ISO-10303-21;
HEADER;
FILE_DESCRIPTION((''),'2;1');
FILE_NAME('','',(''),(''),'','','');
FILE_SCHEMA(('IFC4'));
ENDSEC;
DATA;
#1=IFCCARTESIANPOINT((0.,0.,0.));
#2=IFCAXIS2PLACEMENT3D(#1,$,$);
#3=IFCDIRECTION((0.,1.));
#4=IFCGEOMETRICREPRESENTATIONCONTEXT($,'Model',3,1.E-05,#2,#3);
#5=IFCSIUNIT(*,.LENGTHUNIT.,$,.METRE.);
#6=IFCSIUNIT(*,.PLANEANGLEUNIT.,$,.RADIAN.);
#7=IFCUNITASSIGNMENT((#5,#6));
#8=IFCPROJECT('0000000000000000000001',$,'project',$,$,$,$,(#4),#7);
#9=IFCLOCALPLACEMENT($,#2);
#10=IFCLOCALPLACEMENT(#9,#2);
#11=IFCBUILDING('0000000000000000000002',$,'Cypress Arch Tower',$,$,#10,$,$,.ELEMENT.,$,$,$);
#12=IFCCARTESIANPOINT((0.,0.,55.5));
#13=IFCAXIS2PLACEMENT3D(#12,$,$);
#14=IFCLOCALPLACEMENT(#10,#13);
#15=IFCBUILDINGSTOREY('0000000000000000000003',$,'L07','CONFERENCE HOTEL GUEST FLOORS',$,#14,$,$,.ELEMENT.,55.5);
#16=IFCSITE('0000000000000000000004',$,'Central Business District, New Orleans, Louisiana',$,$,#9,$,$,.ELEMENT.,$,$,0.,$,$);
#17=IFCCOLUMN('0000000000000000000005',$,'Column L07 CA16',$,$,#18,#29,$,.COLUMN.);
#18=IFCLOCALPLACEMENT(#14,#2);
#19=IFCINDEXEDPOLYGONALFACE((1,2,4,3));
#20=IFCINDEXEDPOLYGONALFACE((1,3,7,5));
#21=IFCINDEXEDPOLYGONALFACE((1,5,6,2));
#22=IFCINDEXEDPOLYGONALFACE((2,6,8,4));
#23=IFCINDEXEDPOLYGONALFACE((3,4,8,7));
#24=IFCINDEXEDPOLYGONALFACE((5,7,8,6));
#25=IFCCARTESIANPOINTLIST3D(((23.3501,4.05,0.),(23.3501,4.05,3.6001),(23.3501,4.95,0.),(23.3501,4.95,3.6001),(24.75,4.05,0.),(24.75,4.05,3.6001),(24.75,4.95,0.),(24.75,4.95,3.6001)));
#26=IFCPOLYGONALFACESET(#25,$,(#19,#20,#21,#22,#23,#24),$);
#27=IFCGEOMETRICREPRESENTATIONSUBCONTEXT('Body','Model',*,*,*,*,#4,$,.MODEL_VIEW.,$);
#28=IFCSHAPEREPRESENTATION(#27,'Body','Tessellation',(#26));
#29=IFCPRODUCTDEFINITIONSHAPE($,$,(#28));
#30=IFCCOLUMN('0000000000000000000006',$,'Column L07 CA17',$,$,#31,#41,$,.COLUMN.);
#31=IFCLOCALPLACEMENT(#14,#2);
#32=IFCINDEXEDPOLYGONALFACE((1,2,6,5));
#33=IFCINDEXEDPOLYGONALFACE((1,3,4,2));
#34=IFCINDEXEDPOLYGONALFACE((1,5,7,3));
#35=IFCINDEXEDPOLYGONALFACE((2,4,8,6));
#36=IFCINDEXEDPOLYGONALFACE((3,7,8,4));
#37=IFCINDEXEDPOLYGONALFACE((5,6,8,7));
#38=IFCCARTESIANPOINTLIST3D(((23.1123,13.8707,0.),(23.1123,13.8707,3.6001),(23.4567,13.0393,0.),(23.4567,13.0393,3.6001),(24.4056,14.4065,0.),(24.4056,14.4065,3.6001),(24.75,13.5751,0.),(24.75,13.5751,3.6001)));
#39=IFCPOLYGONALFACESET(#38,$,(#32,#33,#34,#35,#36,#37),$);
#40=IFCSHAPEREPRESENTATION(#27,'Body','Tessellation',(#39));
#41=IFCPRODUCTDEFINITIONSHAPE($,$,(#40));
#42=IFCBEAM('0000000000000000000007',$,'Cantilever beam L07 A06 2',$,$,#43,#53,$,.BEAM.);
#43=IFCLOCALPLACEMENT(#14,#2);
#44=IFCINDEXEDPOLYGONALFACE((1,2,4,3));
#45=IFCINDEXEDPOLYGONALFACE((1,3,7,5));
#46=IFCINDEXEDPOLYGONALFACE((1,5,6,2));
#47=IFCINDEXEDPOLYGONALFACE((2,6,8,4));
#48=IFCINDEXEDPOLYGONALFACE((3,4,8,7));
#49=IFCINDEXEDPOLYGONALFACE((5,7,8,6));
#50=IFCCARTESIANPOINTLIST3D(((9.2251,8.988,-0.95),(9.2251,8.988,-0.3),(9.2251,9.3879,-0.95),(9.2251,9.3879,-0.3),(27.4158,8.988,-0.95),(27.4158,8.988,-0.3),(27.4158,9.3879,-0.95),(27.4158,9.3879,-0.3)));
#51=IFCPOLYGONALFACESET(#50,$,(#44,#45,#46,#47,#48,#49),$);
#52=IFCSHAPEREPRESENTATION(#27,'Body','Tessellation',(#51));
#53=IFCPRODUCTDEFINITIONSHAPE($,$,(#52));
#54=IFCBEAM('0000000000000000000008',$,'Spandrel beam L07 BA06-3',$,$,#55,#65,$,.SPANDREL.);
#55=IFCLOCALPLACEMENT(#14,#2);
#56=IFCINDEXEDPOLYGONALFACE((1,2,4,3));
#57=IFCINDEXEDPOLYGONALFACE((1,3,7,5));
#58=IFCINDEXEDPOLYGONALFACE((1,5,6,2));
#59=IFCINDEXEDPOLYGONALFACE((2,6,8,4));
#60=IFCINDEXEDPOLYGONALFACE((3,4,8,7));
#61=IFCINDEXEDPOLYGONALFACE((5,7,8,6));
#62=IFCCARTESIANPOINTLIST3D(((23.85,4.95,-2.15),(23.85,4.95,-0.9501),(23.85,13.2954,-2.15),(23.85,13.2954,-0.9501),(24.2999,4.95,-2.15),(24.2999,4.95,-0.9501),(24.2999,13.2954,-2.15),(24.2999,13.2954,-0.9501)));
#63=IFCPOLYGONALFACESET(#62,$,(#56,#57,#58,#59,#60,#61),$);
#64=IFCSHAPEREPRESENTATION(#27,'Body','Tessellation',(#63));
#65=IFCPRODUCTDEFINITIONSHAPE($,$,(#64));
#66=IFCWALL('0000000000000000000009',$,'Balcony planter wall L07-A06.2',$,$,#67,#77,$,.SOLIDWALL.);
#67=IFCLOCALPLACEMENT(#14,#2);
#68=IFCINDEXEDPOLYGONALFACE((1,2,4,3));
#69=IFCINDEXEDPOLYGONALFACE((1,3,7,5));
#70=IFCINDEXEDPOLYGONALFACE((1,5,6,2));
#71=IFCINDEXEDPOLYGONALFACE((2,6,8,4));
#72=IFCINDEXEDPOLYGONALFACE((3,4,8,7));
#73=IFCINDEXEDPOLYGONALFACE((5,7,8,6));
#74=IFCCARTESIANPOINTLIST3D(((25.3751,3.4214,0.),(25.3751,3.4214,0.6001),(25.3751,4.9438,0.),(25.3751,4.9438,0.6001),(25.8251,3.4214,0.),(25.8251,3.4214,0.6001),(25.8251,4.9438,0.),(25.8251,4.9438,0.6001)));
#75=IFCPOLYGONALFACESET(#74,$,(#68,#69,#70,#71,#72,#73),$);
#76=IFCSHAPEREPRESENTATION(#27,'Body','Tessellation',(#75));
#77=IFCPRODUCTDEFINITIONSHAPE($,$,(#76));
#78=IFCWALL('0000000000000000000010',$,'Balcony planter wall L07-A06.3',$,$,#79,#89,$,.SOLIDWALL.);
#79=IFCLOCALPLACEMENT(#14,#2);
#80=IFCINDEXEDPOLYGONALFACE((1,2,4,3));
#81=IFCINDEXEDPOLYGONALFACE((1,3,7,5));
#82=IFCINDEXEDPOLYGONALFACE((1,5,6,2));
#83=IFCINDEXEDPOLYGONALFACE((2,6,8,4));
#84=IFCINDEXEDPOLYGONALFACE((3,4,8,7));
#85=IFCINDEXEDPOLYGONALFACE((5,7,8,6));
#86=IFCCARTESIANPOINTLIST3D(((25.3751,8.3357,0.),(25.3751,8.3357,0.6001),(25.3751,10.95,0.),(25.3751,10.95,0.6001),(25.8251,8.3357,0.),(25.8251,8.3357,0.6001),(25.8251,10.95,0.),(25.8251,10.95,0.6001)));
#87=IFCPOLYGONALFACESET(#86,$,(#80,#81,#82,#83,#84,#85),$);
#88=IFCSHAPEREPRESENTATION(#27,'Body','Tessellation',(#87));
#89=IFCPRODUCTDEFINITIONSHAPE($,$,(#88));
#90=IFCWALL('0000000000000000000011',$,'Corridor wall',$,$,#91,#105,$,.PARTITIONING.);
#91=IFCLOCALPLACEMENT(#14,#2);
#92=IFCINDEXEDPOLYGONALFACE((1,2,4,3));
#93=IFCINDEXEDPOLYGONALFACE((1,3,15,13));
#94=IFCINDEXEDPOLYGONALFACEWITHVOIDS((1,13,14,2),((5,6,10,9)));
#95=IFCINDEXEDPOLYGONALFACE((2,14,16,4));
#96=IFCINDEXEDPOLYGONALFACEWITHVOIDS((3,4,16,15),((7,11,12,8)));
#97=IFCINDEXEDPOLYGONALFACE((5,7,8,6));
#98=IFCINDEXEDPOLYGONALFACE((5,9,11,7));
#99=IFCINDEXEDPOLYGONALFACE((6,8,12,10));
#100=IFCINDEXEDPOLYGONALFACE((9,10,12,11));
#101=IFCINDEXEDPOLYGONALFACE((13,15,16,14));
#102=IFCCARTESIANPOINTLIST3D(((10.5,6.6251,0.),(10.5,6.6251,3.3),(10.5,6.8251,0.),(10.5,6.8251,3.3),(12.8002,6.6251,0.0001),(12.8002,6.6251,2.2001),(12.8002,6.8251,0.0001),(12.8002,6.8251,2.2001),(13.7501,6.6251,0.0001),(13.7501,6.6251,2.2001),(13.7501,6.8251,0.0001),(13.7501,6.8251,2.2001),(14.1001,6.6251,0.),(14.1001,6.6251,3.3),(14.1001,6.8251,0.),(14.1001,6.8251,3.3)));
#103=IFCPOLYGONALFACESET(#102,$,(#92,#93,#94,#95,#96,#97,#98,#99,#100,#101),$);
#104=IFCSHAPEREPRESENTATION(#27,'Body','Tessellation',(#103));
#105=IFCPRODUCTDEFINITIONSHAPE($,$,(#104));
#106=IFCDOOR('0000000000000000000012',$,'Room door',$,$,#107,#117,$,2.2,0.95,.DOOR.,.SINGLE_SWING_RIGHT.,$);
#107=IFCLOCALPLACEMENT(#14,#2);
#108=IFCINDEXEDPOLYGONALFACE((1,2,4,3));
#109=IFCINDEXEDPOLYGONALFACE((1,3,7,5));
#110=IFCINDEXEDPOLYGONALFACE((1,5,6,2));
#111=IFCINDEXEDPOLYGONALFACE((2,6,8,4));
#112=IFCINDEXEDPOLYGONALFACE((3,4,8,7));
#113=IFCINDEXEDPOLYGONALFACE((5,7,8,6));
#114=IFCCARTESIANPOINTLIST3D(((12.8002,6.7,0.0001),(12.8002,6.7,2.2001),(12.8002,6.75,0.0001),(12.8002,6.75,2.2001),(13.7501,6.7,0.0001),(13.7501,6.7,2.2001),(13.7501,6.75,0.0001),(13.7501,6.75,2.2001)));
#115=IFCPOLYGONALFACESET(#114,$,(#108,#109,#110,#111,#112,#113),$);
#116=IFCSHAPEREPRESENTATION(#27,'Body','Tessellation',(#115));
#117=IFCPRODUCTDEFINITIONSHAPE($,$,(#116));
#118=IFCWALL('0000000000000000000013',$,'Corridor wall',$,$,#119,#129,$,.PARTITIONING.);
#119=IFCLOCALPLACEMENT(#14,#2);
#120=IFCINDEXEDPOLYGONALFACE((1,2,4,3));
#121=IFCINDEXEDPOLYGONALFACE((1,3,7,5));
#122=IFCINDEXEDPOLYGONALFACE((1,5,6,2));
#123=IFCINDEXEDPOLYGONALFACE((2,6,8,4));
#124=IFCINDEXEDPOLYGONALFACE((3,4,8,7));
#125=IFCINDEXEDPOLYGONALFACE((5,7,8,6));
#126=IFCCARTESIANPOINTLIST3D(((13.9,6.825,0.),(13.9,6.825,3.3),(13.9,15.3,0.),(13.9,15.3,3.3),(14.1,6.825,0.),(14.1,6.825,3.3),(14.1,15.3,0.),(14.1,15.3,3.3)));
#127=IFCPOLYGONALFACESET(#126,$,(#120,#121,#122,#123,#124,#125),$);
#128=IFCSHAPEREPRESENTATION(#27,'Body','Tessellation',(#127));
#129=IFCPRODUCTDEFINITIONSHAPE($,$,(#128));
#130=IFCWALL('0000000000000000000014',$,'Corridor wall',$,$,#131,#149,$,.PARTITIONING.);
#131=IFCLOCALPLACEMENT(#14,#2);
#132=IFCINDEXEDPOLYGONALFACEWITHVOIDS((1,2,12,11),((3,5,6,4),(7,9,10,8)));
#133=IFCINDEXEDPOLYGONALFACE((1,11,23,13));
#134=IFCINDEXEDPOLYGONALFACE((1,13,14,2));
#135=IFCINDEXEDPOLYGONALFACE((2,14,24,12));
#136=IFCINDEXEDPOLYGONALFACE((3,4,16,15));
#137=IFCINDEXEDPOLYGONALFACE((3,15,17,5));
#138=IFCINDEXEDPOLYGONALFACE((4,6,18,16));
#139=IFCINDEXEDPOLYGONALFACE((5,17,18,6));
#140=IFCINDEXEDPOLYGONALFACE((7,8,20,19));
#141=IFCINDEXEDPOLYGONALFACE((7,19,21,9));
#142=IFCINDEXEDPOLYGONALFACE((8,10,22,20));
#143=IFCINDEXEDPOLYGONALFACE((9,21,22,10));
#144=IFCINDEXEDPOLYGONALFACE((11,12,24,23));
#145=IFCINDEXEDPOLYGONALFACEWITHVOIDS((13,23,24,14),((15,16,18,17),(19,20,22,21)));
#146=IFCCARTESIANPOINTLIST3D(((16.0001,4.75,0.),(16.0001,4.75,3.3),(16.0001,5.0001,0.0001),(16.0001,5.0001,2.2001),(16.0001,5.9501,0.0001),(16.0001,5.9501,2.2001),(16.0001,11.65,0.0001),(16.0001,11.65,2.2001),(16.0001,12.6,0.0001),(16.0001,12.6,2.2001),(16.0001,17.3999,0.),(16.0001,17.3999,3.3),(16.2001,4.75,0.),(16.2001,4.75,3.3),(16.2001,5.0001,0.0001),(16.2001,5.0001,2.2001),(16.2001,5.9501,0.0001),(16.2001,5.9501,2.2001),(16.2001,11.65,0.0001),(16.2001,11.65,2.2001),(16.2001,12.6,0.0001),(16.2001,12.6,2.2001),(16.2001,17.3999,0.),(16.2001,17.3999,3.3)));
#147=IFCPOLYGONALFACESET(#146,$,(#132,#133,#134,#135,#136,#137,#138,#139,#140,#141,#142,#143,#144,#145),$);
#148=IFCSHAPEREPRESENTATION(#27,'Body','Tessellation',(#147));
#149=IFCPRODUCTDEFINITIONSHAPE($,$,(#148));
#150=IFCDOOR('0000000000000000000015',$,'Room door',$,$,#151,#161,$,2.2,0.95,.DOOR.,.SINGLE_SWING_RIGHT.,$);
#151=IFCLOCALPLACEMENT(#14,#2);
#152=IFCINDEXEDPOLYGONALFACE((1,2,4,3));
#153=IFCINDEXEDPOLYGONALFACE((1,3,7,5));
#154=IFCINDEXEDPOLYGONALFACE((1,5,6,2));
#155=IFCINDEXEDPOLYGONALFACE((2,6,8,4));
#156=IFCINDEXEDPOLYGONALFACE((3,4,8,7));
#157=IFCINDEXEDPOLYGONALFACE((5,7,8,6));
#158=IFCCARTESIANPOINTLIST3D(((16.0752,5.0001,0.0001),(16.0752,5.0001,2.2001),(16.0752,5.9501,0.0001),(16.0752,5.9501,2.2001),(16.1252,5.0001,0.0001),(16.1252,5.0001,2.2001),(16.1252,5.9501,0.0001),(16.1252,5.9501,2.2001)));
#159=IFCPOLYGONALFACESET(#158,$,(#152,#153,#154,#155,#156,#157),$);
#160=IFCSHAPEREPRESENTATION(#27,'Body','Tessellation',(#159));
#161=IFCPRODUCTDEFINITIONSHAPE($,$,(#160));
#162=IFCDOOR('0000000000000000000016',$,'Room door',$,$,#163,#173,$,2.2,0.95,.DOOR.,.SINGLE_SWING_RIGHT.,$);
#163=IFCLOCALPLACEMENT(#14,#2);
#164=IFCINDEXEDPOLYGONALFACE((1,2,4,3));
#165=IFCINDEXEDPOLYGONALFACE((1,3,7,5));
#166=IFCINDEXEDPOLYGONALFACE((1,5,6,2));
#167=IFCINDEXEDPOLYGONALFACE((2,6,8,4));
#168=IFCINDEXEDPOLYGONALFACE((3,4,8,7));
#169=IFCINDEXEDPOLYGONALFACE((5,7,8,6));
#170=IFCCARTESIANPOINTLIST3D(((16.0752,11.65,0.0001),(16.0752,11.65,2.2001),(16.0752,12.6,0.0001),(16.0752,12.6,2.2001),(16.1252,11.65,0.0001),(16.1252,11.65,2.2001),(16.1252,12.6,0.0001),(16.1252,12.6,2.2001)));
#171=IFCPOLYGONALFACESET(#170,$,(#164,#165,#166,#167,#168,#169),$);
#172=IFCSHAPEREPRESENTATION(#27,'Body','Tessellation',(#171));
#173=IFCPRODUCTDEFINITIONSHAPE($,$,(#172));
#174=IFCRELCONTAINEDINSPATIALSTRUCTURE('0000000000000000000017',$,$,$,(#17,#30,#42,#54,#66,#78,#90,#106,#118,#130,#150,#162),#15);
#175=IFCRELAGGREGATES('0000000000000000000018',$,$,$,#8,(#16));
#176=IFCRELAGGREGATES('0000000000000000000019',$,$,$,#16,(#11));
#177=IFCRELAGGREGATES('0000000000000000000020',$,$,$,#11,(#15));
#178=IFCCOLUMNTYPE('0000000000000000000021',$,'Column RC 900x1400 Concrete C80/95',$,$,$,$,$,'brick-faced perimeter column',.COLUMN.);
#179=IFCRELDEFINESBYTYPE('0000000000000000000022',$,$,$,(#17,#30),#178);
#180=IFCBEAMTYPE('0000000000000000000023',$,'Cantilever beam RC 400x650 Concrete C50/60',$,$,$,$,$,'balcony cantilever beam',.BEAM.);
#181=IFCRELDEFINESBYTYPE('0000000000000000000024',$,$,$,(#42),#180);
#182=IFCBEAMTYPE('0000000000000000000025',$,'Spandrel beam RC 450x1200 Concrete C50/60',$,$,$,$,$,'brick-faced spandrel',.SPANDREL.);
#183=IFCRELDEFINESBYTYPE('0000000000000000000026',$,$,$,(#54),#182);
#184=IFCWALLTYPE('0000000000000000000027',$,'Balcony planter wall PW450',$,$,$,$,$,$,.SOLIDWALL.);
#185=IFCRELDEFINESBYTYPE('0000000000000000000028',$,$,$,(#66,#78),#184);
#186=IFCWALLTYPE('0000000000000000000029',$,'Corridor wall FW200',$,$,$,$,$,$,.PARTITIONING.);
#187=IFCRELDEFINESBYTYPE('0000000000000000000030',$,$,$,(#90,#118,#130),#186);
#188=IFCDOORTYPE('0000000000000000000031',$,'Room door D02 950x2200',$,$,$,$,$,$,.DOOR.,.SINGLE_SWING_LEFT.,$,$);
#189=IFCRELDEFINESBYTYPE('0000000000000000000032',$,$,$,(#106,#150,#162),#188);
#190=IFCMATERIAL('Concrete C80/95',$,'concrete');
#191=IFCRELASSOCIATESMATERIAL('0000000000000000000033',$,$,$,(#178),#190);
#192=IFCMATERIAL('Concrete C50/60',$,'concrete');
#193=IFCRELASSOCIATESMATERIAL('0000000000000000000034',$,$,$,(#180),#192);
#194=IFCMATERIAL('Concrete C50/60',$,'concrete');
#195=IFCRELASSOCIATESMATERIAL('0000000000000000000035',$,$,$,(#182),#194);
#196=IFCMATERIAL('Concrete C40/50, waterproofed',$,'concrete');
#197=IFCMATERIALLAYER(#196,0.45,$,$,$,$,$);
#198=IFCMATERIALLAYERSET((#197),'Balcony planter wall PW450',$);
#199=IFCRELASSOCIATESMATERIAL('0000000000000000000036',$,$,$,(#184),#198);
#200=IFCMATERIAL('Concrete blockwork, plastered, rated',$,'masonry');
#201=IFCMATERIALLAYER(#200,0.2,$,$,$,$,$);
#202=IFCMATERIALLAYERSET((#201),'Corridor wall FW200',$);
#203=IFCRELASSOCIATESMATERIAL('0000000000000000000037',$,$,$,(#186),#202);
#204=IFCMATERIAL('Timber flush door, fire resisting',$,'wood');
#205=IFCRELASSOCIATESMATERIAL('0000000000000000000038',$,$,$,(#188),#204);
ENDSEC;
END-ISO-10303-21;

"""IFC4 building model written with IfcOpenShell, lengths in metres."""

from ifc_helpers import new_model, si_unit, direction, frame, frame_2d, origin, origin_2d, place, context, subcontext, project, spatial, rectangle, extrude, material, layer, layer_set, material_profile, profile_set, type_object, element, fill, save


model = new_model("IFC4")

# Units and contexts
model_context = context("Model", 3, precision=1e-05, world=origin(), true_north=direction((0.0, 1.0)))
body_context = subcontext(model_context, "Body", "Model", "MODEL_VIEW")
ifc_project = project(units=[si_unit("LENGTHUNIT", "METRE"), si_unit("PLANEANGLEUNIT", "RADIAN")], contexts=[model_context])

# Site, building, storey
site_placement = place(None, origin())
site = spatial("IfcSite", under=ifc_project, at=site_placement, Name="Central Business District, New Orleans, Louisiana", CompositionType="ELEMENT", RefElevation=0.0)
building_placement = place(site_placement, origin())
building = spatial("IfcBuilding", under=site, at=building_placement, Name="Cypress Arch Tower", CompositionType="ELEMENT")
storey_placement = place(building_placement, frame((0.0, 0.0, 55.5)))
storey = spatial("IfcBuildingStorey", under=building, at=storey_placement, Name="L07", Description="CONFERENCE HOTEL GUEST FLOORS", CompositionType="ELEMENT", Elevation=55.5)

# Columns
ifc_material_1 = material(Name="Concrete C80/95", Category="concrete")
ifc_material_profile_1 = material_profile(ifc_material_1, rectangle(XDim=0.8999, YDim=1.3999, at=origin_2d()), Name="RC 900x1400")
ifc_profile_set_1 = profile_set([ifc_material_profile_1], Name="Concrete C80/95")
column_type = type_object("IfcColumnType", Name="Column RC 900x1400 Concrete C80/95", ElementType="brick-faced perimeter column", PredefinedType="COLUMN", material=ifc_profile_set_1)
for number, where, z_axis, x_axis, name in (
    (1, (24.05, 4.5, 0.0), (0.0, 0.0, 1.0), (0.0, 1.0, 0.0), "Column L07 CA16"),
    (2, (23.9312, 13.7229, 0.0), (0.0, 0.0, 1.0), (-0.382683, 0.92388, 0.0), "Column L07 CA17"),
):
    element("IfcColumn", number, at=place(storey_placement, frame(where, z_axis=z_axis, x_axis=x_axis)), inside=storey, type_object=column_type, Name=name, PredefinedType="COLUMN", context=body_context, shape_type="SweptSolid", body=[
        extrude(rectangle(XDim=0.8999, YDim=1.3999, at=origin_2d()), origin(), (0.0, 0.0, 1.0), 3.6001),
    ])

# Beams
ifc_material_2 = material(Name="Concrete C50/60", Category="concrete")
ifc_material_profile_2 = material_profile(ifc_material_2, rectangle(XDim=0.3999, YDim=0.6499, at=origin_2d()), Name="RC 400x650")
ifc_profile_set_2 = profile_set([ifc_material_profile_2], Name="Concrete C50/60")
beam_type_1 = type_object("IfcBeamType", Name="Cantilever beam RC 400x650 Concrete C50/60", ElementType="balcony cantilever beam", PredefinedType="BEAM", material=ifc_profile_set_2)
beam_1_placement = place(storey_placement, frame((9.2251, 9.188, -0.625), z_axis=(1.0, 0.0, 0.0), x_axis=(0.0, 1.0, 0.0)))
element("IfcBeam", 3, at=beam_1_placement, inside=storey, type_object=beam_type_1, Name="Cantilever beam L07 A06 2", PredefinedType="BEAM", context=body_context, shape_type="SweptSolid", body=[
    extrude(rectangle(XDim=0.3999, YDim=0.6499, at=origin_2d()), origin(), (0.0, 0.0, 1.0), 18.1907),
])
ifc_material_3 = material(Name="Concrete C50/60", Category="concrete")
ifc_material_profile_3 = material_profile(ifc_material_3, rectangle(XDim=0.45, YDim=1.2, at=origin_2d()), Name="RC 450x1200")
ifc_profile_set_3 = profile_set([ifc_material_profile_3], Name="Concrete C50/60")
beam_type_2 = type_object("IfcBeamType", Name="Spandrel beam RC 450x1200 Concrete C50/60", ElementType="brick-faced spandrel", PredefinedType="SPANDREL", material=ifc_profile_set_3)
beam_2_placement = place(storey_placement, frame((24.075, 4.95, -1.55), z_axis=(0.0, 1.0, 0.0), x_axis=(-1.0, 0.0, 0.0)))
element("IfcBeam", 4, at=beam_2_placement, inside=storey, type_object=beam_type_2, Name="Spandrel beam L07 BA06-3", PredefinedType="SPANDREL", context=body_context, shape_type="SweptSolid", body=[
    extrude(rectangle(XDim=0.45, YDim=1.2, at=origin_2d()), origin(), (0.0, 0.0, 1.0), 8.3455),
])

# Walls
ifc_material_4 = material(Name="Concrete C40/50, waterproofed", Category="concrete")
ifc_layer_1 = layer(ifc_material_4, 0.45)
ifc_layer_set_1 = layer_set([ifc_layer_1], Name="Balcony planter wall PW450")
wall_type_1 = type_object("IfcWallType", Name="Balcony planter wall PW450", PredefinedType="SOLIDWALL", material=ifc_layer_set_1)
wall_1_placement = place(storey_placement, frame((25.6001, 3.4214, 0.0), z_axis=(0.0, 0.0, 1.0), x_axis=(0.0, 1.0, 0.0)))
element("IfcWall", 5, at=wall_1_placement, inside=storey, type_object=wall_type_1, Name="Balcony planter wall L07-A06.2", PredefinedType="SOLIDWALL", context=body_context, shape_type="SweptSolid", body=[
    extrude(rectangle(XDim=1.5225, YDim=0.45, at=frame_2d((0.7612, 0.0))), origin(), (0.0, 0.0, 1.0), 0.6001),
])
wall_2_placement = place(storey_placement, frame((25.6001, 8.3357, 0.0), z_axis=(0.0, 0.0, 1.0), x_axis=(0.0, 1.0, 0.0)))
element("IfcWall", 6, at=wall_2_placement, inside=storey, type_object=wall_type_1, Name="Balcony planter wall L07-A06.3", PredefinedType="SOLIDWALL", context=body_context, shape_type="SweptSolid", body=[
    extrude(rectangle(XDim=2.6143, YDim=0.45, at=frame_2d((1.3071, 0.0))), origin(), (0.0, 0.0, 1.0), 0.6001),
])

# Wall, opening, door
ifc_material_5 = material(Name="Concrete blockwork, plastered, rated", Category="masonry")
ifc_layer_2 = layer(ifc_material_5, 0.2)
ifc_layer_set_2 = layer_set([ifc_layer_2], Name="Corridor wall FW200")
wall_type_2 = type_object("IfcWallType", Name="Corridor wall FW200", PredefinedType="PARTITIONING", material=ifc_layer_set_2)
wall_3_placement = place(storey_placement, frame((10.5, 6.7251, 0.0), z_axis=(0.0, 0.0, 1.0), x_axis=(1.0, 0.0, 0.0)))
wall_3 = element("IfcWall", 7, at=wall_3_placement, inside=storey, type_object=wall_type_2, Name="Corridor wall", PredefinedType="PARTITIONING", context=body_context, shape_type="SweptSolid", body=[
    extrude(rectangle(XDim=3.6001, YDim=0.2, at=frame_2d((1.8, 0.0))), origin(), (0.0, 0.0, 1.0), 3.3),
])
opening_1_placement = place(wall_3_placement, frame((2.3, 0.0, 0.0)))
opening_1 = element("IfcOpeningElement", 8, at=opening_1_placement, cuts=wall_3, PredefinedType="OPENING", context=body_context, shape_type="SweptSolid", body=[
    extrude(rectangle(XDim=0.95, YDim=2.2, at=frame_2d((0.4751, 1.1001))), frame((0.0, 0.1099, 0.0), z_axis=(0.0, -1.0, 0.0), x_axis=(1.0, 0.0, 0.0)), (0.0, 0.0, 1.0), 0.22),
])
ifc_material_6 = material(Name="Timber flush door, fire resisting", Category="wood")
door_type_1 = type_object("IfcDoorType", Name="Room door D02 950x2200", OperationType="SINGLE_SWING_LEFT", PredefinedType="DOOR", material=ifc_material_6)
door_1_placement = place(opening_1_placement, origin())
door_1 = element("IfcDoor", 9, at=door_1_placement, inside=storey, type_object=door_type_1, Name="Room door", OperationType="SINGLE_SWING_RIGHT", OverallHeight=2.2, OverallWidth=0.95, PredefinedType="DOOR", context=body_context, shape_type="SweptSolid", body=[
    extrude(rectangle(XDim=0.95, YDim=2.2, at=frame_2d((0.4751, 1.1001))), frame((0.0, 0.0249, 0.0), z_axis=(0.0, -1.0, 0.0), x_axis=(1.0, 0.0, 0.0)), (0.0, 0.0, 1.0), 0.05),
])
fill(opening_1, door_1)

# Wall
wall_4_placement = place(storey_placement, frame((14.0, 6.825, 0.0), z_axis=(0.0, 0.0, 1.0), x_axis=(0.0, 1.0, 0.0)))
element("IfcWall", 10, at=wall_4_placement, inside=storey, type_object=wall_type_2, Name="Corridor wall", PredefinedType="PARTITIONING", context=body_context, shape_type="SweptSolid", body=[
    extrude(rectangle(XDim=8.4751, YDim=0.2, at=frame_2d((4.2375, 0.0))), origin(), (0.0, 0.0, 1.0), 3.3),
])

# Wall, openings, doors
wall_5_placement = place(storey_placement, frame((16.1001, 4.75, 0.0), z_axis=(0.0, 0.0, 1.0), x_axis=(0.0, 1.0, 0.0)))
wall_5 = element("IfcWall", 11, at=wall_5_placement, inside=storey, type_object=wall_type_2, Name="Corridor wall", PredefinedType="PARTITIONING", context=body_context, shape_type="SweptSolid", body=[
    extrude(rectangle(XDim=12.6499, YDim=0.2, at=frame_2d((6.325, 0.0))), origin(), (0.0, 0.0, 1.0), 3.3),
])
opening_2_placement = place(wall_5_placement, frame((0.25, 0.0, 0.0)))
opening_2 = element("IfcOpeningElement", 12, at=opening_2_placement, cuts=wall_5, PredefinedType="OPENING", context=body_context, shape_type="SweptSolid", body=[
    extrude(rectangle(XDim=0.95, YDim=2.2, at=frame_2d((0.4751, 1.1001))), frame((0.0, 0.1099, 0.0), z_axis=(0.0, -1.0, 0.0), x_axis=(1.0, 0.0, 0.0)), (0.0, 0.0, 1.0), 0.22),
])
opening_3_placement = place(wall_5_placement, frame((6.8999, 0.0, 0.0)))
opening_3 = element("IfcOpeningElement", 13, at=opening_3_placement, cuts=wall_5, PredefinedType="OPENING", context=body_context, shape_type="SweptSolid", body=[
    extrude(rectangle(XDim=0.95, YDim=2.2, at=frame_2d((0.4751, 1.1001))), frame((0.0, 0.1099, 0.0), z_axis=(0.0, -1.0, 0.0), x_axis=(1.0, 0.0, 0.0)), (0.0, 0.0, 1.0), 0.22),
])
door_2_placement = place(opening_2_placement, origin())
door_2 = element("IfcDoor", 14, at=door_2_placement, inside=storey, type_object=door_type_1, Name="Room door", OperationType="SINGLE_SWING_RIGHT", OverallHeight=2.2, OverallWidth=0.95, PredefinedType="DOOR", context=body_context, shape_type="SweptSolid", body=[
    extrude(rectangle(XDim=0.95, YDim=2.2, at=frame_2d((0.4751, 1.1001))), frame((0.0, 0.0249, 0.0), z_axis=(0.0, -1.0, 0.0), x_axis=(1.0, 0.0, 0.0)), (0.0, 0.0, 1.0), 0.05),
])
fill(opening_2, door_2)
door_3_placement = place(opening_3_placement, origin())
door_3 = element("IfcDoor", 15, at=door_3_placement, inside=storey, type_object=door_type_1, Name="Room door", OperationType="SINGLE_SWING_RIGHT", OverallHeight=2.2, OverallWidth=0.95, PredefinedType="DOOR", context=body_context, shape_type="SweptSolid", body=[
    extrude(rectangle(XDim=0.95, YDim=2.2, at=frame_2d((0.4751, 1.1001))), frame((0.0, 0.0249, 0.0), z_axis=(0.0, -1.0, 0.0), x_axis=(1.0, 0.0, 0.0)), (0.0, 0.0, 1.0), 0.05),
])
fill(opening_3, door_3)

save(model, "model.ifc")
